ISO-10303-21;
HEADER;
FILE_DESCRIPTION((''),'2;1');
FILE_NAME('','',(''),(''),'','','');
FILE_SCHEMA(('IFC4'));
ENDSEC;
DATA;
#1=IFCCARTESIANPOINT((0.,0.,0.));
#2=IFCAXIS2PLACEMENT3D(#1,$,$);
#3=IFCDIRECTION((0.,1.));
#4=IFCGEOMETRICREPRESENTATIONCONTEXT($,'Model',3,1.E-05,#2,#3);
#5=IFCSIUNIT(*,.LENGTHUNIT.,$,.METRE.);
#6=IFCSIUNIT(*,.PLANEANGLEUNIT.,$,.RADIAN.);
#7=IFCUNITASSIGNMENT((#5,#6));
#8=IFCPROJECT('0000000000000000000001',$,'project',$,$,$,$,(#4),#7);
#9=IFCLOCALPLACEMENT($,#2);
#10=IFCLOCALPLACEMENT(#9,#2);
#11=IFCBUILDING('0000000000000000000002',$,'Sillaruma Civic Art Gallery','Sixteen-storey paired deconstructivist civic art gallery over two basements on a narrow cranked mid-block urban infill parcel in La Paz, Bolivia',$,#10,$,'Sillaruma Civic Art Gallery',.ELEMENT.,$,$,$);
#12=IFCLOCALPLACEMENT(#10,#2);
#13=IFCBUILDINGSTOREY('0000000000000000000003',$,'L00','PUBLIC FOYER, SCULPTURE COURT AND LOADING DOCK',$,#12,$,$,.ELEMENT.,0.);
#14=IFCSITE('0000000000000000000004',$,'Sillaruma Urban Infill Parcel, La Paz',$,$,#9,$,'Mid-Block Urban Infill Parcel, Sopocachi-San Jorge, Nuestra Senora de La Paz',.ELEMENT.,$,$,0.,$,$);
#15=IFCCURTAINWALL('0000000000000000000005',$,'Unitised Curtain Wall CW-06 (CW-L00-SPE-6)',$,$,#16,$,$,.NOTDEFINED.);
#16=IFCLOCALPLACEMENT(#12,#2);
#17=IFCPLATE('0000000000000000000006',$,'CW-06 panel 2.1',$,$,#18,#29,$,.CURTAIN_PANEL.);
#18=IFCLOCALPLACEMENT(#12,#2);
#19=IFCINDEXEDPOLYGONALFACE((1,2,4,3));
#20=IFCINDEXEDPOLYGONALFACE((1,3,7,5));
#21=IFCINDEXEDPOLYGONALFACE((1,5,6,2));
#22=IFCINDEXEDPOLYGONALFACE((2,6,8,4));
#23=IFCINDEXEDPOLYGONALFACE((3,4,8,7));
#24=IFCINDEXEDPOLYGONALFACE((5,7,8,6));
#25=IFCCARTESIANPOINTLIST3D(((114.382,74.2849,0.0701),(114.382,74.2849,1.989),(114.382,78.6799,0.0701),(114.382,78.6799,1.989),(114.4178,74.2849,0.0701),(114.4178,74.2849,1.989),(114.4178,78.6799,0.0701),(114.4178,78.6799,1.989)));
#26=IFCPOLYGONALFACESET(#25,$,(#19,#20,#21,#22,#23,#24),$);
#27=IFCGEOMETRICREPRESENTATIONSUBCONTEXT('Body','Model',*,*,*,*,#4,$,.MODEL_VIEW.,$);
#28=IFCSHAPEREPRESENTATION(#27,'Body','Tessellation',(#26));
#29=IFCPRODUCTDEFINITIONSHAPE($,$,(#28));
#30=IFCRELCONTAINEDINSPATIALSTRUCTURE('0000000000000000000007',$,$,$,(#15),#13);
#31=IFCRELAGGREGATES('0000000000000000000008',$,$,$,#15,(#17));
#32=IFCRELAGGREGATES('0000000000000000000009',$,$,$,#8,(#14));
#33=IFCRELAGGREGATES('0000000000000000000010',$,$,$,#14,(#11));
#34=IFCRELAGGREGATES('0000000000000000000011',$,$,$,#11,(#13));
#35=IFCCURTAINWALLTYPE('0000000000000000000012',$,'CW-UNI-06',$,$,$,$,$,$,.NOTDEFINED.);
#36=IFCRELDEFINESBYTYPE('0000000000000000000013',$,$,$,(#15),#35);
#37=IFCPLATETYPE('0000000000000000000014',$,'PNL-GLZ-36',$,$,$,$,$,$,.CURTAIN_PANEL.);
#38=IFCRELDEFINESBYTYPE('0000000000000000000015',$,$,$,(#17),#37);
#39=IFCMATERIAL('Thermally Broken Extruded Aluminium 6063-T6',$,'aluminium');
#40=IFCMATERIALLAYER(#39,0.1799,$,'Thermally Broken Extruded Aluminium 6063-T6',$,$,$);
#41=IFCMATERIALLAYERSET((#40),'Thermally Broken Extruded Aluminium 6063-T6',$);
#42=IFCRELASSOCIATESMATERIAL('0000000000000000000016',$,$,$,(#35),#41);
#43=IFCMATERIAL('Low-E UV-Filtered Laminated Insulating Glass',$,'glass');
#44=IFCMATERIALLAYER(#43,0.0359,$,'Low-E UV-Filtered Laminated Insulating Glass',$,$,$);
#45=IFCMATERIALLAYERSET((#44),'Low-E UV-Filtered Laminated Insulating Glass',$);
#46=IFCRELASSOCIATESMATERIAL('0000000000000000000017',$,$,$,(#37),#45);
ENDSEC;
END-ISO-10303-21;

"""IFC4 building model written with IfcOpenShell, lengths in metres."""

from ifc_helpers import new_model, si_unit, direction, frame, origin, origin_2d, place, context, subcontext, project, spatial, rectangle, extrude, material, layer, layer_set, type_object, element, aggregate, save


model = new_model("IFC4")

# Units and contexts
model_context = context("Model", 3, precision=1e-05, world=origin(), true_north=direction((0.0, 1.0)))
body_context = subcontext(model_context, "Body", "Model", "MODEL_VIEW")
ifc_project = project(units=[si_unit("LENGTHUNIT", "METRE"), si_unit("PLANEANGLEUNIT", "RADIAN")], contexts=[model_context])

# Site, building, storey
site_placement = place(None, origin())
site = spatial("IfcSite", under=ifc_project, at=site_placement, Name="Sillaruma Urban Infill Parcel, La Paz", LongName="Mid-Block Urban Infill Parcel, Sopocachi-San Jorge, Nuestra Senora de La Paz", CompositionType="ELEMENT", RefElevation=0.0)
building_placement = place(site_placement, origin())
building = spatial("IfcBuilding", under=site, at=building_placement, Name="Sillaruma Civic Art Gallery", Description="Sixteen-storey paired deconstructivist civic art gallery over two basements on a narrow cranked mid-block urban infill parcel in La Paz, Bolivia", LongName="Sillaruma Civic Art Gallery", CompositionType="ELEMENT")
storey_placement = place(building_placement, origin())
storey = spatial("IfcBuildingStorey", under=building, at=storey_placement, Name="L00", Description="PUBLIC FOYER, SCULPTURE COURT AND LOADING DOCK", CompositionType="ELEMENT", Elevation=0.0)

# Curtain wall
ifc_material_1 = material(Name="Thermally Broken Extruded Aluminium 6063-T6", Category="aluminium")
ifc_layer_1 = layer(ifc_material_1, 0.1799, Name="Thermally Broken Extruded Aluminium 6063-T6")
ifc_layer_set_1 = layer_set([ifc_layer_1], Name="Thermally Broken Extruded Aluminium 6063-T6")
curtain_wall_type_1 = type_object("IfcCurtainWallType", Name="CW-UNI-06", PredefinedType="NOTDEFINED", material=ifc_layer_set_1)
curtain_wall_1_placement = place(storey_placement, origin())
curtain_wall_1 = element("IfcCurtainWall", 1, at=curtain_wall_1_placement, inside=storey, type_object=curtain_wall_type_1, Name="Unitised Curtain Wall CW-06 (CW-L00-SPE-6)", PredefinedType="NOTDEFINED")

# Plate
ifc_material_2 = material(Name="Low-E UV-Filtered Laminated Insulating Glass", Category="glass")
ifc_layer_2 = layer(ifc_material_2, 0.0359, Name="Low-E UV-Filtered Laminated Insulating Glass")
ifc_layer_set_2 = layer_set([ifc_layer_2], Name="Low-E UV-Filtered Laminated Insulating Glass")
plate_type_1 = type_object("IfcPlateType", Name="PNL-GLZ-36", PredefinedType="CURTAIN_PANEL", material=ifc_layer_set_2)
plate_1_placement = place(storey_placement, frame((114.3999, 76.4824, 0.0701), z_axis=(0.0, 0.0, 1.0), x_axis=(0.0, 1.0, 0.0)))
plate_1 = element("IfcPlate", 2, at=plate_1_placement, type_object=plate_type_1, Name="CW-06 panel 2.1", PredefinedType="CURTAIN_PANEL", context=body_context, shape_type="SweptSolid", body=[
    extrude(rectangle(XDim=4.395, YDim=0.0359, at=origin_2d()), origin(), (0.0, 0.0, 1.0), 1.9189),
])
aggregate(curtain_wall_1, [plate_1])

save(model, "model.ifc")
